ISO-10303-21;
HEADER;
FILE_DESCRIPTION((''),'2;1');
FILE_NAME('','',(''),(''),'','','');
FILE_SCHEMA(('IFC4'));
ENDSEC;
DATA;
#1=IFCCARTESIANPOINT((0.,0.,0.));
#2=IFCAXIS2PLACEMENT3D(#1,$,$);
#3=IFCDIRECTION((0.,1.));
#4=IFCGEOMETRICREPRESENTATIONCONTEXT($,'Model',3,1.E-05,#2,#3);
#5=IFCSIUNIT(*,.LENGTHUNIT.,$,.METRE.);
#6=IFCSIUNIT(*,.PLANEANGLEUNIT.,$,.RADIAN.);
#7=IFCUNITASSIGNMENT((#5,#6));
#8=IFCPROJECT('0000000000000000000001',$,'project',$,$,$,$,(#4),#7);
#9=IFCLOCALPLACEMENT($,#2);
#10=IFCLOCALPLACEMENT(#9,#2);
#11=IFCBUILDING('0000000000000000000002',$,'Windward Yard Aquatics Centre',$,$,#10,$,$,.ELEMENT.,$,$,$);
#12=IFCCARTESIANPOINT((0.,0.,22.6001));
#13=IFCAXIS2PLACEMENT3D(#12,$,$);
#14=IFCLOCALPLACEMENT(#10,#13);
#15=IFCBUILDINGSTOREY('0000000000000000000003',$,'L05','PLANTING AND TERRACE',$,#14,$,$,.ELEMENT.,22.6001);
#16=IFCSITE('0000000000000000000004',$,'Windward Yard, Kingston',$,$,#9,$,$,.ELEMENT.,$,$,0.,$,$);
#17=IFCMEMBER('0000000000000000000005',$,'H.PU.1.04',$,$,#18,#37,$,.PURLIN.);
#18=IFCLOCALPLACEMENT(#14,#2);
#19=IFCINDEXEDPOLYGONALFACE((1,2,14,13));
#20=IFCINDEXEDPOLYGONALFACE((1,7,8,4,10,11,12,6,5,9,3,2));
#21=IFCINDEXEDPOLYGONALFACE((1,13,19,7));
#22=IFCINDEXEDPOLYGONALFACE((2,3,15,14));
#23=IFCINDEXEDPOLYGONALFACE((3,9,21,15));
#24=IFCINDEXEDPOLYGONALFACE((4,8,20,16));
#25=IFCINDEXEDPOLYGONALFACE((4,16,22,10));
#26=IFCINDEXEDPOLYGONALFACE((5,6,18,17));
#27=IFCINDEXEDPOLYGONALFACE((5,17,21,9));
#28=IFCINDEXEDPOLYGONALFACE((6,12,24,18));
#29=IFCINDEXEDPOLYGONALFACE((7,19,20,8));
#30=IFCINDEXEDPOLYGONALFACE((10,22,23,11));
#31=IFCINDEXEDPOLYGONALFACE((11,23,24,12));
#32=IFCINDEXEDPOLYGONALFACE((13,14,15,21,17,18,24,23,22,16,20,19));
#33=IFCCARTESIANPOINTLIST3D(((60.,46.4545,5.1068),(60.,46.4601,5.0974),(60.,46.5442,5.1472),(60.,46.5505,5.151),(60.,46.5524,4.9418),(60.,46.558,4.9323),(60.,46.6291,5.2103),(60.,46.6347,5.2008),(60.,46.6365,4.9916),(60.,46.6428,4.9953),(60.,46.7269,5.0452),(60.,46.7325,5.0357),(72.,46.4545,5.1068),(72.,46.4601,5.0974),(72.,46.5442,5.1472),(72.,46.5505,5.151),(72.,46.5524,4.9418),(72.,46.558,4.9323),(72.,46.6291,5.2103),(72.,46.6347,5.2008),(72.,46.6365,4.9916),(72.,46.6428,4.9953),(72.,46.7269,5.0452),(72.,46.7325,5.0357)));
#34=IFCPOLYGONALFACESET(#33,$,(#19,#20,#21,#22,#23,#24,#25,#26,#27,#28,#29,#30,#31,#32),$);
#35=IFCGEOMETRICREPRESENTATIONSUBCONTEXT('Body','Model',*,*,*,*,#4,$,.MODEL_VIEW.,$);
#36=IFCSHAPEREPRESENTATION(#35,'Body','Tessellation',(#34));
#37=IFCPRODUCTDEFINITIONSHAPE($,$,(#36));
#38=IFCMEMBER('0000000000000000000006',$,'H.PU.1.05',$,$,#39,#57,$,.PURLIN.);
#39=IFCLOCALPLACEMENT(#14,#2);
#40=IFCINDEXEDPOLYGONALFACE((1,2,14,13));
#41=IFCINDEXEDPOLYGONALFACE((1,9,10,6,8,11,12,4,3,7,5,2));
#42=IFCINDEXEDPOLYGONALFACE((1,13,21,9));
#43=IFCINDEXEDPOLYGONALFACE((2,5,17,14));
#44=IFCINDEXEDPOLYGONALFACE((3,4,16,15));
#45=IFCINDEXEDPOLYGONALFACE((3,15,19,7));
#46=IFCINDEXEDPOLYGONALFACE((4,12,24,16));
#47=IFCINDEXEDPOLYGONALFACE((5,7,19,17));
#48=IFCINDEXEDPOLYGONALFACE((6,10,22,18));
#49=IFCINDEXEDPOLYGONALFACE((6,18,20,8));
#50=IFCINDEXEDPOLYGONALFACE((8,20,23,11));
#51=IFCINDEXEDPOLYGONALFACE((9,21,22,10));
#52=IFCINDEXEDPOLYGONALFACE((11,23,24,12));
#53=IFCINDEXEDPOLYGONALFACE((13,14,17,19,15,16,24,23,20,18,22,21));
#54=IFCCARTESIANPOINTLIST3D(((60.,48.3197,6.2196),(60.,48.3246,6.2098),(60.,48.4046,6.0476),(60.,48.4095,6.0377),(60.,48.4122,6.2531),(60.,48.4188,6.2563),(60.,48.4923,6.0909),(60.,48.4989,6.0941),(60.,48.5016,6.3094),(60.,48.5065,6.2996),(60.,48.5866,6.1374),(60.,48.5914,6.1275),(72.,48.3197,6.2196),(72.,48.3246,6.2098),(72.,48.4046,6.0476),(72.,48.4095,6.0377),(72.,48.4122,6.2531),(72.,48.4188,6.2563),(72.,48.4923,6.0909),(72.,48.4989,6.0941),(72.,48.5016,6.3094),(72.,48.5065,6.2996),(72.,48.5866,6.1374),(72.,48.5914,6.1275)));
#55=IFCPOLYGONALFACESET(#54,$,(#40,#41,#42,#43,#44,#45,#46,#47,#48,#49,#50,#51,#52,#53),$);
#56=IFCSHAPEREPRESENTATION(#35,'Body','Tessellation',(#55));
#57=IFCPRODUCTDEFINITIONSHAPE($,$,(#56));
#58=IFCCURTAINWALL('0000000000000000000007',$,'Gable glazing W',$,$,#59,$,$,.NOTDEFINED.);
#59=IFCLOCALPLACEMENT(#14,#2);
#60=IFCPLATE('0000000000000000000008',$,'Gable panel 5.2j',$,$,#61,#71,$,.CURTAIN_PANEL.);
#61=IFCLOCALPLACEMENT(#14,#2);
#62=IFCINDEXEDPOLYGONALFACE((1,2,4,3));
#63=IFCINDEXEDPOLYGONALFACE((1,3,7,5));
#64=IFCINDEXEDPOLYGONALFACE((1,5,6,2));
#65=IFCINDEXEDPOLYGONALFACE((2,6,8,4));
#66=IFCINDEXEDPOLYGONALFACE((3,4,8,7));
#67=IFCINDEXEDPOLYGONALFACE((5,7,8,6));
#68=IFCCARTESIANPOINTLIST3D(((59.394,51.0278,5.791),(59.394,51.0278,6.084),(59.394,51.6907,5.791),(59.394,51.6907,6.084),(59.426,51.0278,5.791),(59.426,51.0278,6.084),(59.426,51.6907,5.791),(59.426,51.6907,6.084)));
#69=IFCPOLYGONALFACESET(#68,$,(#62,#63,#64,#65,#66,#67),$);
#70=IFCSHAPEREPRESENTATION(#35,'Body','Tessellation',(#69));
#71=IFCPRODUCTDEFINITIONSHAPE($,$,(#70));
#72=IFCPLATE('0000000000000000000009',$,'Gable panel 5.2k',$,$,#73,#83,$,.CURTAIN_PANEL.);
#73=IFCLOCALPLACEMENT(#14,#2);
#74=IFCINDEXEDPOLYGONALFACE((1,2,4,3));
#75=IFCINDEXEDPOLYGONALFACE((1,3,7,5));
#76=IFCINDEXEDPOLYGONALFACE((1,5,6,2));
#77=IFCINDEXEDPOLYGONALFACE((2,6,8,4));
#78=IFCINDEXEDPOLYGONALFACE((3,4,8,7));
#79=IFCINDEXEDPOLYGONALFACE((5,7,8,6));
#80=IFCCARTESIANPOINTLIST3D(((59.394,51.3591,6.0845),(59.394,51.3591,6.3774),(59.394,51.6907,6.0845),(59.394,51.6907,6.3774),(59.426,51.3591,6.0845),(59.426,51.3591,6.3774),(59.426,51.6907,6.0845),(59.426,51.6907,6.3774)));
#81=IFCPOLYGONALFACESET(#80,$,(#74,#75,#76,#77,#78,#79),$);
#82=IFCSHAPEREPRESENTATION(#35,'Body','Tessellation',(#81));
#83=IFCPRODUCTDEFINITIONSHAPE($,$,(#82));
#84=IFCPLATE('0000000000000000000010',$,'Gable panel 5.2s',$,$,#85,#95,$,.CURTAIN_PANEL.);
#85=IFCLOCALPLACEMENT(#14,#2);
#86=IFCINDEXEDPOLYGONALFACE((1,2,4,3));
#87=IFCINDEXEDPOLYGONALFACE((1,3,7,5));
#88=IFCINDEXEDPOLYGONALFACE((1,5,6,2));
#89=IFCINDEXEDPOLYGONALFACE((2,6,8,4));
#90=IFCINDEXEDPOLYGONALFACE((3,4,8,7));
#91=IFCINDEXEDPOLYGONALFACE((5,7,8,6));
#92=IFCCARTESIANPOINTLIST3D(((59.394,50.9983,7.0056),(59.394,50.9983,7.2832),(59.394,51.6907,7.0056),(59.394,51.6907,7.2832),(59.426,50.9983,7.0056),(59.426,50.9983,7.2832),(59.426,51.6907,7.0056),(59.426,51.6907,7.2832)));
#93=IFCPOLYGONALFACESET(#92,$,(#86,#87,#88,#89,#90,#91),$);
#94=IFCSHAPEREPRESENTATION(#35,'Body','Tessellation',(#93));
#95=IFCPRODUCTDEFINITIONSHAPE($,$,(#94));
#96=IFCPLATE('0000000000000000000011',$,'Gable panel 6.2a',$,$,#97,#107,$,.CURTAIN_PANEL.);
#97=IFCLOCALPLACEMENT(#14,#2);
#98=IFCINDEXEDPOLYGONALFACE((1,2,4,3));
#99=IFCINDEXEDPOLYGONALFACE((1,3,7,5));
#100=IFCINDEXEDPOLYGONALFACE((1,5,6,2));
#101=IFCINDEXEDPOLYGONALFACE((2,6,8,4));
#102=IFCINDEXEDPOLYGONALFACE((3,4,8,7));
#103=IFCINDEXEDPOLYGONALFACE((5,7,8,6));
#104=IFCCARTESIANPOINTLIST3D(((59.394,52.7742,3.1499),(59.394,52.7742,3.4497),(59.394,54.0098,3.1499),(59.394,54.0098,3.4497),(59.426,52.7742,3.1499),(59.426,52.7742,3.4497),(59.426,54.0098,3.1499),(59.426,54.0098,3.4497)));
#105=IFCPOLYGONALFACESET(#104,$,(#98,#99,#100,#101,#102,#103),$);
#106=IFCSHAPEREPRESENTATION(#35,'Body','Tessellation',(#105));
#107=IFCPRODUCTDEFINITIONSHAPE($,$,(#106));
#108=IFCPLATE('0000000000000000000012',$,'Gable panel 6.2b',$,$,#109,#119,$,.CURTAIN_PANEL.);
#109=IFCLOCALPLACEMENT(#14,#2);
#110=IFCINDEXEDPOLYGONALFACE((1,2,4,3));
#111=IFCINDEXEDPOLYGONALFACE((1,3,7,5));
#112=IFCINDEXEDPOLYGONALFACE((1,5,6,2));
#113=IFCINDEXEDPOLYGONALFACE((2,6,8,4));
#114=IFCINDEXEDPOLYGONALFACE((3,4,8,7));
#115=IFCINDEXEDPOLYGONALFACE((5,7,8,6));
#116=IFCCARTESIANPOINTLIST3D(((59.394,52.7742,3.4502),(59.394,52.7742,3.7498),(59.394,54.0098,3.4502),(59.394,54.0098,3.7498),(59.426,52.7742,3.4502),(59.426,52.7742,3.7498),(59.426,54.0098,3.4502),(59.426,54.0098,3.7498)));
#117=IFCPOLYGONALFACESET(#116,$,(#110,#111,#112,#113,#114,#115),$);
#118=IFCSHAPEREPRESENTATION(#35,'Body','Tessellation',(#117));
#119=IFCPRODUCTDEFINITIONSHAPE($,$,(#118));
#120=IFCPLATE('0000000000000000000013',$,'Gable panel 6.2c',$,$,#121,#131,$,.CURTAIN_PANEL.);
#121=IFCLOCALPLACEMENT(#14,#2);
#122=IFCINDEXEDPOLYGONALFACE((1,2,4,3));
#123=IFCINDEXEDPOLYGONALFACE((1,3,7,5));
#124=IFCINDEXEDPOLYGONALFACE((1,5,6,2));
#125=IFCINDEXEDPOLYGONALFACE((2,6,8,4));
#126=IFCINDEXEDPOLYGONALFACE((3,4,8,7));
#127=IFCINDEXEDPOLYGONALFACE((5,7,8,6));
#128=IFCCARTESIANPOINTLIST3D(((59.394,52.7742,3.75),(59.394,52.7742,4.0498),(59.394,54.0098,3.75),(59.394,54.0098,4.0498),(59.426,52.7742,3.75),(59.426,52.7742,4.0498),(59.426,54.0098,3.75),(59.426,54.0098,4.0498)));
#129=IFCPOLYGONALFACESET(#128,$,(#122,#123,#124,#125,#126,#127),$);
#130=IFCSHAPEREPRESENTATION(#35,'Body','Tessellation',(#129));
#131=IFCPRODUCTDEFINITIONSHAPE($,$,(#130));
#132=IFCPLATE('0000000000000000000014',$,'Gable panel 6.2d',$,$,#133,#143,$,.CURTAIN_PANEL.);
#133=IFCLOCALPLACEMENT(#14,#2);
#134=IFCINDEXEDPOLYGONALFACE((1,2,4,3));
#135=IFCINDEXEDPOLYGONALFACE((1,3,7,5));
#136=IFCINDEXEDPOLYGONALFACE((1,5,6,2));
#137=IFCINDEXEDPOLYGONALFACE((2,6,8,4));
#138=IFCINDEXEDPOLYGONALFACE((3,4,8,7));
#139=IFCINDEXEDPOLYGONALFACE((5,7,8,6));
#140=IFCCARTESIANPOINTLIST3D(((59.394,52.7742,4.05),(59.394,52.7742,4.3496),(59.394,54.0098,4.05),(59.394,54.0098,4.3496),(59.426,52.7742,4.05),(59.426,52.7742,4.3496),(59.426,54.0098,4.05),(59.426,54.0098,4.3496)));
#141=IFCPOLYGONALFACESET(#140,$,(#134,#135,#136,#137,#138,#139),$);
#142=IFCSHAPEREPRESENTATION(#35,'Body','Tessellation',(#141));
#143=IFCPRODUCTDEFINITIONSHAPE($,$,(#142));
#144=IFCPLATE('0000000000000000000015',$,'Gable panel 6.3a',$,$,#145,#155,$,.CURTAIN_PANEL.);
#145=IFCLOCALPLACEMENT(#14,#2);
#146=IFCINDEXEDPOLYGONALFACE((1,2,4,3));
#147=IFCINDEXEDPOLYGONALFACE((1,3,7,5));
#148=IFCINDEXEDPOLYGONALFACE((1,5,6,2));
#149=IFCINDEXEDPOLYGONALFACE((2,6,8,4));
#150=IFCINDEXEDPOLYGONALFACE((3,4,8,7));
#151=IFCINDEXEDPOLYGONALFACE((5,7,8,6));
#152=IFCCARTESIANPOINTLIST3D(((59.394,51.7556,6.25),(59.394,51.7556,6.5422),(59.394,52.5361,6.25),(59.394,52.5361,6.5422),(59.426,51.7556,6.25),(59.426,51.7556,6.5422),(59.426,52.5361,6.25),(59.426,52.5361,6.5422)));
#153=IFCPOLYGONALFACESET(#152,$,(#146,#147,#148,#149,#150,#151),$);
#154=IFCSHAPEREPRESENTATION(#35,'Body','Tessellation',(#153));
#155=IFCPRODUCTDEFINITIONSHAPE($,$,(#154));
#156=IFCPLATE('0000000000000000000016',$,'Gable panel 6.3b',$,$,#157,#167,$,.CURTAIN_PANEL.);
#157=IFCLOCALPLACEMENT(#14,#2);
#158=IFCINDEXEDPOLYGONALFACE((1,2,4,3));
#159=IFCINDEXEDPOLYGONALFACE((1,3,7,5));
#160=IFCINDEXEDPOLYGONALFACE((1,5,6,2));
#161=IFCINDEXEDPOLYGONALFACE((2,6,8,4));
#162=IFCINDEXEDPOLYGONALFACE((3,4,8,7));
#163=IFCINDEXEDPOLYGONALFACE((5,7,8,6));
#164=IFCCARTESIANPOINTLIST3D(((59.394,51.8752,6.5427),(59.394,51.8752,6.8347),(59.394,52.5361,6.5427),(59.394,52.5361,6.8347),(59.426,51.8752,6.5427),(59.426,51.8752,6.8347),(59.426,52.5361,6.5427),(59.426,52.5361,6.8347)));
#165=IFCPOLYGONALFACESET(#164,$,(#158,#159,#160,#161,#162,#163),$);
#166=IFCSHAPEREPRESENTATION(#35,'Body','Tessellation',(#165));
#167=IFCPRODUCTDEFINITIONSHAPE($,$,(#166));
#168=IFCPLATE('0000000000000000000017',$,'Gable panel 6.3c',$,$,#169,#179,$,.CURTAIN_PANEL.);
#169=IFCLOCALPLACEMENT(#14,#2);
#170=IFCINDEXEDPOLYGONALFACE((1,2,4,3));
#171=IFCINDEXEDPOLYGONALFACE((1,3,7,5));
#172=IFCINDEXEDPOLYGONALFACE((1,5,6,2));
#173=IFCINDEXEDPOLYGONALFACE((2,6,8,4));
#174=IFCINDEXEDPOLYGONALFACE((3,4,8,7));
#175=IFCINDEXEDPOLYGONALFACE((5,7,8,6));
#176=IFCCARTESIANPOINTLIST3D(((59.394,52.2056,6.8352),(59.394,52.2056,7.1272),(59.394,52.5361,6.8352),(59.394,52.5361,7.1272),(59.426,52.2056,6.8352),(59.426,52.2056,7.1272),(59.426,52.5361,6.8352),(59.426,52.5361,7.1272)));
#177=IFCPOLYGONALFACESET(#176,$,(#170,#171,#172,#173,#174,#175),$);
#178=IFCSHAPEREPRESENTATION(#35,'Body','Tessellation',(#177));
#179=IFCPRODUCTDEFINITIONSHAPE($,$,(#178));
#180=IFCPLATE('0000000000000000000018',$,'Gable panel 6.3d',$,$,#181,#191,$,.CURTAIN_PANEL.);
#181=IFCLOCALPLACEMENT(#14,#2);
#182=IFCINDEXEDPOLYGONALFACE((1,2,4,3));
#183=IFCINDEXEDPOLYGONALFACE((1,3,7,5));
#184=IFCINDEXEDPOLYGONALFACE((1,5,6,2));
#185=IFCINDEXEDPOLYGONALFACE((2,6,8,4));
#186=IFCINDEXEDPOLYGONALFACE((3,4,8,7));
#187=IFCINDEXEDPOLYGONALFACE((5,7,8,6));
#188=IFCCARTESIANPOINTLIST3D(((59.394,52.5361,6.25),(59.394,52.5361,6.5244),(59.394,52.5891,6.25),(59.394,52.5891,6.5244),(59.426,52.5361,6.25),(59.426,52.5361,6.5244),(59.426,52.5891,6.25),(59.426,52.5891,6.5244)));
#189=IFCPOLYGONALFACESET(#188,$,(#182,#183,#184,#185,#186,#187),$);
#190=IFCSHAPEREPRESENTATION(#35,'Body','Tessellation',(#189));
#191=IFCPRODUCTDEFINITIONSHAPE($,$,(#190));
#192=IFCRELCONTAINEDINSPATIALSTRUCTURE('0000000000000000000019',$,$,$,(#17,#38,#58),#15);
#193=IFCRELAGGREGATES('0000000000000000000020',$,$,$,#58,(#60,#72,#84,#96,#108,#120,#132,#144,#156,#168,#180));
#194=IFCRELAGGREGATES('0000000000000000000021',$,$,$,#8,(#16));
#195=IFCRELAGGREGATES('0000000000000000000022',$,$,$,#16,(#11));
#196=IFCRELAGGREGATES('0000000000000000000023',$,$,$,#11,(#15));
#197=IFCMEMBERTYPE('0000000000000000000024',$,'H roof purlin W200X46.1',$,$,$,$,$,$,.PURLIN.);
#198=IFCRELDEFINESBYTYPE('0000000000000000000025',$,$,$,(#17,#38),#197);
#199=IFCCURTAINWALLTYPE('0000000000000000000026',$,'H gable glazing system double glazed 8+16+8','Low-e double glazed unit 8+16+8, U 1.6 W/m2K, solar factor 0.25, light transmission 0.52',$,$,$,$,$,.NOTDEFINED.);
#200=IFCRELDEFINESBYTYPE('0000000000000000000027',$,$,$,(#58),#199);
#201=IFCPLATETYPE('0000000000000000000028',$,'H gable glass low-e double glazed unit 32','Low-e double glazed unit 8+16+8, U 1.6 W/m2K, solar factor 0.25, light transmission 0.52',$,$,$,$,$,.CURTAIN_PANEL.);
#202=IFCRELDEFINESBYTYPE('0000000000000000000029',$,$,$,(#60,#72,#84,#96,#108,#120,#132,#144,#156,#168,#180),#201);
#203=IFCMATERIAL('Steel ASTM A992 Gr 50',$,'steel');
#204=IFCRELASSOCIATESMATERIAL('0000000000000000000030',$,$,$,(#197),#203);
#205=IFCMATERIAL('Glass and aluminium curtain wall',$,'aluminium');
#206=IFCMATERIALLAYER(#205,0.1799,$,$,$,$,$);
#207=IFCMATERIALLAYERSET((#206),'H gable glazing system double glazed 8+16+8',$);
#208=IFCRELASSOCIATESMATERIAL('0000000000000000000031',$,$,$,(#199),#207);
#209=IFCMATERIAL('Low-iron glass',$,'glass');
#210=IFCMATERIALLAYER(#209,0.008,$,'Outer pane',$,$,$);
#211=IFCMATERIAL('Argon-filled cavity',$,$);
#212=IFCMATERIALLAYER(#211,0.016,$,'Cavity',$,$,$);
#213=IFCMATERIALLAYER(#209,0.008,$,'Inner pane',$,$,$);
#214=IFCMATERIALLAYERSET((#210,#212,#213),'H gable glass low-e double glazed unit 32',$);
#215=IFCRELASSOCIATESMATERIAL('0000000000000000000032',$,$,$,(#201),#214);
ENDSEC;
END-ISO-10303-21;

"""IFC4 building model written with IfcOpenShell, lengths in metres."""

from ifc_helpers import new_model, si_unit, direction, frame, origin, origin_2d, place, context, subcontext, project, spatial, polyline, i_section, outline, extrude, material, layer, layer_set, material_profile, profile_set, type_object, element, aggregate, save


model = new_model("IFC4")

# Units and contexts
model_context = context("Model", 3, precision=1e-05, world=origin(), true_north=direction((0.0, 1.0)))
body_context = subcontext(model_context, "Body", "Model", "MODEL_VIEW")
ifc_project = project(units=[si_unit("LENGTHUNIT", "METRE"), si_unit("PLANEANGLEUNIT", "RADIAN")], contexts=[model_context])

# Site, building, storey
site_placement = place(None, origin())
site = spatial("IfcSite", under=ifc_project, at=site_placement, Name="Windward Yard, Kingston", CompositionType="ELEMENT", RefElevation=0.0)
building_placement = place(site_placement, origin())
building = spatial("IfcBuilding", under=site, at=building_placement, Name="Windward Yard Aquatics Centre", CompositionType="ELEMENT")
storey_placement = place(building_placement, frame((0.0, 0.0, 22.6001)))
storey = spatial("IfcBuildingStorey", under=building, at=storey_placement, Name="L05", Description="PLANTING AND TERRACE", CompositionType="ELEMENT", Elevation=22.6001)

# Members
ifc_material_1 = material(Name="Steel ASTM A992 Gr 50", Category="steel")
ifc_material_profile = material_profile(ifc_material_1, i_section(OverallWidth=0.2029, OverallDepth=0.2029, WebThickness=0.0073, FlangeThickness=0.011, at=origin_2d()), Name="W200X46.1")
ifc_profile_set = profile_set([ifc_material_profile], Name="Steel ASTM A992 Gr 50")
member_type = type_object("IfcMemberType", Name="H roof purlin W200X46.1", PredefinedType="PURLIN", material=ifc_profile_set)
for number, where, z_axis, x_axis, name in (
    (1, (60.0, 46.5935, 5.0713), (1.0, 0.0, 0.0), (0.0, 0.86027, 0.509838), "H.PU.1.04"),
    (2, (60.0, 48.4556, 6.1736), (1.0, 0.0, 0.0), (0.0, 0.896687, 0.442665), "H.PU.1.05"),
):
    element("IfcMember", number, at=place(storey_placement, frame(where, z_axis=z_axis, x_axis=x_axis)), inside=storey, type_object=member_type, Name=name, PredefinedType="PURLIN", context=body_context, shape_type="SweptSolid", body=[
        extrude(i_section(OverallWidth=0.2029, OverallDepth=0.2029, WebThickness=0.0073, FlangeThickness=0.011, at=origin_2d()), origin(), (0.0, 0.0, 1.0), 12.0),
    ])

# Curtain wall, plates
ifc_material_2 = material(Name="Glass and aluminium curtain wall", Category="aluminium")
ifc_layer_1 = layer(ifc_material_2, 0.1799)
ifc_layer_set_1 = layer_set([ifc_layer_1], Name="H gable glazing system double glazed 8+16+8")
curtain_wall_type = type_object("IfcCurtainWallType", Name="H gable glazing system double glazed 8+16+8", Description="Low-e double glazed unit 8+16+8, U 1.6 W/m2K, solar factor 0.25, light transmission 0.52", PredefinedType="NOTDEFINED", material=ifc_layer_set_1)
curtain_wall_placement = place(storey_placement, origin())
curtain_wall = element("IfcCurtainWall", 3, at=curtain_wall_placement, inside=storey, type_object=curtain_wall_type, Name="Gable glazing W", PredefinedType="NOTDEFINED")
ifc_material_3 = material(Name="Low-iron glass", Category="glass")
ifc_layer_2 = layer(ifc_material_3, 0.008, Name="Outer pane")
ifc_material_4 = material(Name="Argon-filled cavity")
ifc_layer_3 = layer(ifc_material_4, 0.016, Name="Cavity")
ifc_layer_4 = layer(ifc_material_3, 0.008, Name="Inner pane")
ifc_layer_set_2 = layer_set([ifc_layer_2, ifc_layer_3, ifc_layer_4], Name="H gable glass low-e double glazed unit 32")
plate_type = type_object("IfcPlateType", Name="H gable glass low-e double glazed unit 32", Description="Low-e double glazed unit 8+16+8, U 1.6 W/m2K, solar factor 0.25, light transmission 0.52", PredefinedType="CURTAIN_PANEL", material=ifc_layer_set_2)
plate_1_placement = place(storey_placement, frame((59.426, 51.0278, 5.791), z_axis=(1.0, 0.0, 0.0), x_axis=(0.0, 1.0, 0.0)))
plate_1 = element("IfcPlate", 4, at=plate_1_placement, type_object=plate_type, Name="Gable panel 5.2j", PredefinedType="CURTAIN_PANEL", context=body_context, shape_type="SweptSolid", body=[
    extrude(outline(polyline([(0.0, 0.0), (0.6628, 0.0), (0.6628, 0.293), (0.0, 0.293), (0.0, 0.0)])), origin(), (0.0, 0.0, -1.0), 0.032),
])
plate_2_placement = place(storey_placement, frame((59.426, 51.3591, 6.0845), z_axis=(1.0, 0.0, 0.0), x_axis=(0.0, 1.0, 0.0)))
plate_2 = element("IfcPlate", 5, at=plate_2_placement, type_object=plate_type, Name="Gable panel 5.2k", PredefinedType="CURTAIN_PANEL", context=body_context, shape_type="SweptSolid", body=[
    extrude(outline(polyline([(0.0, 0.0), (0.3315, 0.0), (0.3315, 0.293), (0.0, 0.293), (0.0, 0.0)])), origin(), (0.0, 0.0, -1.0), 0.032),
])
plate_3_placement = place(storey_placement, frame((59.426, 50.9983, 7.0056), z_axis=(1.0, 0.0, 0.0), x_axis=(0.0, 1.0, 0.0)))
plate_3 = element("IfcPlate", 6, at=plate_3_placement, type_object=plate_type, Name="Gable panel 5.2s", PredefinedType="CURTAIN_PANEL", context=body_context, shape_type="SweptSolid", body=[
    extrude(outline(polyline([(0.0, 0.0), (0.6924, 0.0), (0.6924, 0.2776), (0.0, 0.2776), (0.0, 0.0)])), origin(), (0.0, 0.0, -1.0), 0.032),
])
plate_4_placement = place(storey_placement, frame((59.426, 52.7742, 3.1499), z_axis=(1.0, 0.0, 0.0), x_axis=(0.0, 1.0, 0.0)))
plate_4 = element("IfcPlate", 7, at=plate_4_placement, type_object=plate_type, Name="Gable panel 6.2a", PredefinedType="CURTAIN_PANEL", context=body_context, shape_type="SweptSolid", body=[
    extrude(outline(polyline([(0.0, 0.0), (1.2356, 0.0), (1.2356, 0.2998), (0.0, 0.2998), (0.0, 0.0)])), origin(), (0.0, 0.0, -1.0), 0.032),
])
plate_5_placement = place(storey_placement, frame((59.426, 52.7742, 3.4502), z_axis=(1.0, 0.0, 0.0), x_axis=(0.0, 1.0, 0.0)))
plate_5 = element("IfcPlate", 8, at=plate_5_placement, type_object=plate_type, Name="Gable panel 6.2b", PredefinedType="CURTAIN_PANEL", context=body_context, shape_type="SweptSolid", body=[
    extrude(outline(polyline([(0.0, 0.0), (1.2356, 0.0), (1.2356, 0.2996), (0.0, 0.2996), (0.0, 0.0)])), origin(), (0.0, 0.0, -1.0), 0.032),
])
plate_6_placement = place(storey_placement, frame((59.426, 52.7742, 3.75), z_axis=(1.0, 0.0, 0.0), x_axis=(0.0, 1.0, 0.0)))
plate_6 = element("IfcPlate", 9, at=plate_6_placement, type_object=plate_type, Name="Gable panel 6.2c", PredefinedType="CURTAIN_PANEL", context=body_context, shape_type="SweptSolid", body=[
    extrude(outline(polyline([(0.0, 0.0), (1.2356, 0.0), (1.2356, 0.2998), (0.0, 0.2998), (0.0, 0.0)])), origin(), (0.0, 0.0, -1.0), 0.032),
])
plate_7_placement = place(storey_placement, frame((59.426, 52.7742, 4.05), z_axis=(1.0, 0.0, 0.0), x_axis=(0.0, 1.0, 0.0)))
plate_7 = element("IfcPlate", 10, at=plate_7_placement, type_object=plate_type, Name="Gable panel 6.2d", PredefinedType="CURTAIN_PANEL", context=body_context, shape_type="SweptSolid", body=[
    extrude(outline(polyline([(0.0, 0.0), (1.2356, 0.0), (1.2356, 0.2996), (0.0, 0.2996), (0.0, 0.0)])), origin(), (0.0, 0.0, -1.0), 0.032),
])
plate_8_placement = place(storey_placement, frame((59.426, 51.7556, 6.25), z_axis=(1.0, 0.0, 0.0), x_axis=(0.0, 1.0, 0.0)))
plate_8 = element("IfcPlate", 11, at=plate_8_placement, type_object=plate_type, Name="Gable panel 6.3a", PredefinedType="CURTAIN_PANEL", context=body_context, shape_type="SweptSolid", body=[
    extrude(outline(polyline([(0.0, 0.0), (0.7805, 0.0), (0.7805, 0.2922), (0.0, 0.2922), (0.0, 0.0)])), origin(), (0.0, 0.0, -1.0), 0.032),
])
plate_9_placement = place(storey_placement, frame((59.426, 51.8752, 6.5427), z_axis=(1.0, 0.0, 0.0), x_axis=(0.0, 1.0, 0.0)))
plate_9 = element("IfcPlate", 12, at=plate_9_placement, type_object=plate_type, Name="Gable panel 6.3b", PredefinedType="CURTAIN_PANEL", context=body_context, shape_type="SweptSolid", body=[
    extrude(outline(polyline([(0.0, 0.0), (0.6609, 0.0), (0.6609, 0.292), (0.0, 0.292), (0.0, 0.0)])), origin(), (0.0, 0.0, -1.0), 0.032),
])
plate_10_placement = place(storey_placement, frame((59.426, 52.2056, 6.8352), z_axis=(1.0, 0.0, 0.0), x_axis=(0.0, 1.0, 0.0)))
plate_10 = element("IfcPlate", 13, at=plate_10_placement, type_object=plate_type, Name="Gable panel 6.3c", PredefinedType="CURTAIN_PANEL", context=body_context, shape_type="SweptSolid", body=[
    extrude(outline(polyline([(0.0, 0.0), (0.3306, 0.0), (0.3306, 0.292), (0.0, 0.292), (0.0, 0.0)])), origin(), (0.0, 0.0, -1.0), 0.032),
])
plate_11_placement = place(storey_placement, frame((59.426, 52.5361, 6.25), z_axis=(1.0, 0.0, 0.0), x_axis=(0.0, 1.0, 0.0)))
plate_11 = element("IfcPlate", 14, at=plate_11_placement, type_object=plate_type, Name="Gable panel 6.3d", PredefinedType="CURTAIN_PANEL", context=body_context, shape_type="SweptSolid", body=[
    extrude(outline(polyline([(0.0, 0.0), (0.053, 0.0), (0.053, 0.2744), (0.0, 0.2744), (0.0, 0.0)])), origin(), (0.0, 0.0, -1.0), 0.032),
])

aggregate(curtain_wall, [plate_1, plate_2, plate_3, plate_4, plate_5, plate_6, plate_7, plate_8, plate_9, plate_10, plate_11])

save(model, "model.ifc")
